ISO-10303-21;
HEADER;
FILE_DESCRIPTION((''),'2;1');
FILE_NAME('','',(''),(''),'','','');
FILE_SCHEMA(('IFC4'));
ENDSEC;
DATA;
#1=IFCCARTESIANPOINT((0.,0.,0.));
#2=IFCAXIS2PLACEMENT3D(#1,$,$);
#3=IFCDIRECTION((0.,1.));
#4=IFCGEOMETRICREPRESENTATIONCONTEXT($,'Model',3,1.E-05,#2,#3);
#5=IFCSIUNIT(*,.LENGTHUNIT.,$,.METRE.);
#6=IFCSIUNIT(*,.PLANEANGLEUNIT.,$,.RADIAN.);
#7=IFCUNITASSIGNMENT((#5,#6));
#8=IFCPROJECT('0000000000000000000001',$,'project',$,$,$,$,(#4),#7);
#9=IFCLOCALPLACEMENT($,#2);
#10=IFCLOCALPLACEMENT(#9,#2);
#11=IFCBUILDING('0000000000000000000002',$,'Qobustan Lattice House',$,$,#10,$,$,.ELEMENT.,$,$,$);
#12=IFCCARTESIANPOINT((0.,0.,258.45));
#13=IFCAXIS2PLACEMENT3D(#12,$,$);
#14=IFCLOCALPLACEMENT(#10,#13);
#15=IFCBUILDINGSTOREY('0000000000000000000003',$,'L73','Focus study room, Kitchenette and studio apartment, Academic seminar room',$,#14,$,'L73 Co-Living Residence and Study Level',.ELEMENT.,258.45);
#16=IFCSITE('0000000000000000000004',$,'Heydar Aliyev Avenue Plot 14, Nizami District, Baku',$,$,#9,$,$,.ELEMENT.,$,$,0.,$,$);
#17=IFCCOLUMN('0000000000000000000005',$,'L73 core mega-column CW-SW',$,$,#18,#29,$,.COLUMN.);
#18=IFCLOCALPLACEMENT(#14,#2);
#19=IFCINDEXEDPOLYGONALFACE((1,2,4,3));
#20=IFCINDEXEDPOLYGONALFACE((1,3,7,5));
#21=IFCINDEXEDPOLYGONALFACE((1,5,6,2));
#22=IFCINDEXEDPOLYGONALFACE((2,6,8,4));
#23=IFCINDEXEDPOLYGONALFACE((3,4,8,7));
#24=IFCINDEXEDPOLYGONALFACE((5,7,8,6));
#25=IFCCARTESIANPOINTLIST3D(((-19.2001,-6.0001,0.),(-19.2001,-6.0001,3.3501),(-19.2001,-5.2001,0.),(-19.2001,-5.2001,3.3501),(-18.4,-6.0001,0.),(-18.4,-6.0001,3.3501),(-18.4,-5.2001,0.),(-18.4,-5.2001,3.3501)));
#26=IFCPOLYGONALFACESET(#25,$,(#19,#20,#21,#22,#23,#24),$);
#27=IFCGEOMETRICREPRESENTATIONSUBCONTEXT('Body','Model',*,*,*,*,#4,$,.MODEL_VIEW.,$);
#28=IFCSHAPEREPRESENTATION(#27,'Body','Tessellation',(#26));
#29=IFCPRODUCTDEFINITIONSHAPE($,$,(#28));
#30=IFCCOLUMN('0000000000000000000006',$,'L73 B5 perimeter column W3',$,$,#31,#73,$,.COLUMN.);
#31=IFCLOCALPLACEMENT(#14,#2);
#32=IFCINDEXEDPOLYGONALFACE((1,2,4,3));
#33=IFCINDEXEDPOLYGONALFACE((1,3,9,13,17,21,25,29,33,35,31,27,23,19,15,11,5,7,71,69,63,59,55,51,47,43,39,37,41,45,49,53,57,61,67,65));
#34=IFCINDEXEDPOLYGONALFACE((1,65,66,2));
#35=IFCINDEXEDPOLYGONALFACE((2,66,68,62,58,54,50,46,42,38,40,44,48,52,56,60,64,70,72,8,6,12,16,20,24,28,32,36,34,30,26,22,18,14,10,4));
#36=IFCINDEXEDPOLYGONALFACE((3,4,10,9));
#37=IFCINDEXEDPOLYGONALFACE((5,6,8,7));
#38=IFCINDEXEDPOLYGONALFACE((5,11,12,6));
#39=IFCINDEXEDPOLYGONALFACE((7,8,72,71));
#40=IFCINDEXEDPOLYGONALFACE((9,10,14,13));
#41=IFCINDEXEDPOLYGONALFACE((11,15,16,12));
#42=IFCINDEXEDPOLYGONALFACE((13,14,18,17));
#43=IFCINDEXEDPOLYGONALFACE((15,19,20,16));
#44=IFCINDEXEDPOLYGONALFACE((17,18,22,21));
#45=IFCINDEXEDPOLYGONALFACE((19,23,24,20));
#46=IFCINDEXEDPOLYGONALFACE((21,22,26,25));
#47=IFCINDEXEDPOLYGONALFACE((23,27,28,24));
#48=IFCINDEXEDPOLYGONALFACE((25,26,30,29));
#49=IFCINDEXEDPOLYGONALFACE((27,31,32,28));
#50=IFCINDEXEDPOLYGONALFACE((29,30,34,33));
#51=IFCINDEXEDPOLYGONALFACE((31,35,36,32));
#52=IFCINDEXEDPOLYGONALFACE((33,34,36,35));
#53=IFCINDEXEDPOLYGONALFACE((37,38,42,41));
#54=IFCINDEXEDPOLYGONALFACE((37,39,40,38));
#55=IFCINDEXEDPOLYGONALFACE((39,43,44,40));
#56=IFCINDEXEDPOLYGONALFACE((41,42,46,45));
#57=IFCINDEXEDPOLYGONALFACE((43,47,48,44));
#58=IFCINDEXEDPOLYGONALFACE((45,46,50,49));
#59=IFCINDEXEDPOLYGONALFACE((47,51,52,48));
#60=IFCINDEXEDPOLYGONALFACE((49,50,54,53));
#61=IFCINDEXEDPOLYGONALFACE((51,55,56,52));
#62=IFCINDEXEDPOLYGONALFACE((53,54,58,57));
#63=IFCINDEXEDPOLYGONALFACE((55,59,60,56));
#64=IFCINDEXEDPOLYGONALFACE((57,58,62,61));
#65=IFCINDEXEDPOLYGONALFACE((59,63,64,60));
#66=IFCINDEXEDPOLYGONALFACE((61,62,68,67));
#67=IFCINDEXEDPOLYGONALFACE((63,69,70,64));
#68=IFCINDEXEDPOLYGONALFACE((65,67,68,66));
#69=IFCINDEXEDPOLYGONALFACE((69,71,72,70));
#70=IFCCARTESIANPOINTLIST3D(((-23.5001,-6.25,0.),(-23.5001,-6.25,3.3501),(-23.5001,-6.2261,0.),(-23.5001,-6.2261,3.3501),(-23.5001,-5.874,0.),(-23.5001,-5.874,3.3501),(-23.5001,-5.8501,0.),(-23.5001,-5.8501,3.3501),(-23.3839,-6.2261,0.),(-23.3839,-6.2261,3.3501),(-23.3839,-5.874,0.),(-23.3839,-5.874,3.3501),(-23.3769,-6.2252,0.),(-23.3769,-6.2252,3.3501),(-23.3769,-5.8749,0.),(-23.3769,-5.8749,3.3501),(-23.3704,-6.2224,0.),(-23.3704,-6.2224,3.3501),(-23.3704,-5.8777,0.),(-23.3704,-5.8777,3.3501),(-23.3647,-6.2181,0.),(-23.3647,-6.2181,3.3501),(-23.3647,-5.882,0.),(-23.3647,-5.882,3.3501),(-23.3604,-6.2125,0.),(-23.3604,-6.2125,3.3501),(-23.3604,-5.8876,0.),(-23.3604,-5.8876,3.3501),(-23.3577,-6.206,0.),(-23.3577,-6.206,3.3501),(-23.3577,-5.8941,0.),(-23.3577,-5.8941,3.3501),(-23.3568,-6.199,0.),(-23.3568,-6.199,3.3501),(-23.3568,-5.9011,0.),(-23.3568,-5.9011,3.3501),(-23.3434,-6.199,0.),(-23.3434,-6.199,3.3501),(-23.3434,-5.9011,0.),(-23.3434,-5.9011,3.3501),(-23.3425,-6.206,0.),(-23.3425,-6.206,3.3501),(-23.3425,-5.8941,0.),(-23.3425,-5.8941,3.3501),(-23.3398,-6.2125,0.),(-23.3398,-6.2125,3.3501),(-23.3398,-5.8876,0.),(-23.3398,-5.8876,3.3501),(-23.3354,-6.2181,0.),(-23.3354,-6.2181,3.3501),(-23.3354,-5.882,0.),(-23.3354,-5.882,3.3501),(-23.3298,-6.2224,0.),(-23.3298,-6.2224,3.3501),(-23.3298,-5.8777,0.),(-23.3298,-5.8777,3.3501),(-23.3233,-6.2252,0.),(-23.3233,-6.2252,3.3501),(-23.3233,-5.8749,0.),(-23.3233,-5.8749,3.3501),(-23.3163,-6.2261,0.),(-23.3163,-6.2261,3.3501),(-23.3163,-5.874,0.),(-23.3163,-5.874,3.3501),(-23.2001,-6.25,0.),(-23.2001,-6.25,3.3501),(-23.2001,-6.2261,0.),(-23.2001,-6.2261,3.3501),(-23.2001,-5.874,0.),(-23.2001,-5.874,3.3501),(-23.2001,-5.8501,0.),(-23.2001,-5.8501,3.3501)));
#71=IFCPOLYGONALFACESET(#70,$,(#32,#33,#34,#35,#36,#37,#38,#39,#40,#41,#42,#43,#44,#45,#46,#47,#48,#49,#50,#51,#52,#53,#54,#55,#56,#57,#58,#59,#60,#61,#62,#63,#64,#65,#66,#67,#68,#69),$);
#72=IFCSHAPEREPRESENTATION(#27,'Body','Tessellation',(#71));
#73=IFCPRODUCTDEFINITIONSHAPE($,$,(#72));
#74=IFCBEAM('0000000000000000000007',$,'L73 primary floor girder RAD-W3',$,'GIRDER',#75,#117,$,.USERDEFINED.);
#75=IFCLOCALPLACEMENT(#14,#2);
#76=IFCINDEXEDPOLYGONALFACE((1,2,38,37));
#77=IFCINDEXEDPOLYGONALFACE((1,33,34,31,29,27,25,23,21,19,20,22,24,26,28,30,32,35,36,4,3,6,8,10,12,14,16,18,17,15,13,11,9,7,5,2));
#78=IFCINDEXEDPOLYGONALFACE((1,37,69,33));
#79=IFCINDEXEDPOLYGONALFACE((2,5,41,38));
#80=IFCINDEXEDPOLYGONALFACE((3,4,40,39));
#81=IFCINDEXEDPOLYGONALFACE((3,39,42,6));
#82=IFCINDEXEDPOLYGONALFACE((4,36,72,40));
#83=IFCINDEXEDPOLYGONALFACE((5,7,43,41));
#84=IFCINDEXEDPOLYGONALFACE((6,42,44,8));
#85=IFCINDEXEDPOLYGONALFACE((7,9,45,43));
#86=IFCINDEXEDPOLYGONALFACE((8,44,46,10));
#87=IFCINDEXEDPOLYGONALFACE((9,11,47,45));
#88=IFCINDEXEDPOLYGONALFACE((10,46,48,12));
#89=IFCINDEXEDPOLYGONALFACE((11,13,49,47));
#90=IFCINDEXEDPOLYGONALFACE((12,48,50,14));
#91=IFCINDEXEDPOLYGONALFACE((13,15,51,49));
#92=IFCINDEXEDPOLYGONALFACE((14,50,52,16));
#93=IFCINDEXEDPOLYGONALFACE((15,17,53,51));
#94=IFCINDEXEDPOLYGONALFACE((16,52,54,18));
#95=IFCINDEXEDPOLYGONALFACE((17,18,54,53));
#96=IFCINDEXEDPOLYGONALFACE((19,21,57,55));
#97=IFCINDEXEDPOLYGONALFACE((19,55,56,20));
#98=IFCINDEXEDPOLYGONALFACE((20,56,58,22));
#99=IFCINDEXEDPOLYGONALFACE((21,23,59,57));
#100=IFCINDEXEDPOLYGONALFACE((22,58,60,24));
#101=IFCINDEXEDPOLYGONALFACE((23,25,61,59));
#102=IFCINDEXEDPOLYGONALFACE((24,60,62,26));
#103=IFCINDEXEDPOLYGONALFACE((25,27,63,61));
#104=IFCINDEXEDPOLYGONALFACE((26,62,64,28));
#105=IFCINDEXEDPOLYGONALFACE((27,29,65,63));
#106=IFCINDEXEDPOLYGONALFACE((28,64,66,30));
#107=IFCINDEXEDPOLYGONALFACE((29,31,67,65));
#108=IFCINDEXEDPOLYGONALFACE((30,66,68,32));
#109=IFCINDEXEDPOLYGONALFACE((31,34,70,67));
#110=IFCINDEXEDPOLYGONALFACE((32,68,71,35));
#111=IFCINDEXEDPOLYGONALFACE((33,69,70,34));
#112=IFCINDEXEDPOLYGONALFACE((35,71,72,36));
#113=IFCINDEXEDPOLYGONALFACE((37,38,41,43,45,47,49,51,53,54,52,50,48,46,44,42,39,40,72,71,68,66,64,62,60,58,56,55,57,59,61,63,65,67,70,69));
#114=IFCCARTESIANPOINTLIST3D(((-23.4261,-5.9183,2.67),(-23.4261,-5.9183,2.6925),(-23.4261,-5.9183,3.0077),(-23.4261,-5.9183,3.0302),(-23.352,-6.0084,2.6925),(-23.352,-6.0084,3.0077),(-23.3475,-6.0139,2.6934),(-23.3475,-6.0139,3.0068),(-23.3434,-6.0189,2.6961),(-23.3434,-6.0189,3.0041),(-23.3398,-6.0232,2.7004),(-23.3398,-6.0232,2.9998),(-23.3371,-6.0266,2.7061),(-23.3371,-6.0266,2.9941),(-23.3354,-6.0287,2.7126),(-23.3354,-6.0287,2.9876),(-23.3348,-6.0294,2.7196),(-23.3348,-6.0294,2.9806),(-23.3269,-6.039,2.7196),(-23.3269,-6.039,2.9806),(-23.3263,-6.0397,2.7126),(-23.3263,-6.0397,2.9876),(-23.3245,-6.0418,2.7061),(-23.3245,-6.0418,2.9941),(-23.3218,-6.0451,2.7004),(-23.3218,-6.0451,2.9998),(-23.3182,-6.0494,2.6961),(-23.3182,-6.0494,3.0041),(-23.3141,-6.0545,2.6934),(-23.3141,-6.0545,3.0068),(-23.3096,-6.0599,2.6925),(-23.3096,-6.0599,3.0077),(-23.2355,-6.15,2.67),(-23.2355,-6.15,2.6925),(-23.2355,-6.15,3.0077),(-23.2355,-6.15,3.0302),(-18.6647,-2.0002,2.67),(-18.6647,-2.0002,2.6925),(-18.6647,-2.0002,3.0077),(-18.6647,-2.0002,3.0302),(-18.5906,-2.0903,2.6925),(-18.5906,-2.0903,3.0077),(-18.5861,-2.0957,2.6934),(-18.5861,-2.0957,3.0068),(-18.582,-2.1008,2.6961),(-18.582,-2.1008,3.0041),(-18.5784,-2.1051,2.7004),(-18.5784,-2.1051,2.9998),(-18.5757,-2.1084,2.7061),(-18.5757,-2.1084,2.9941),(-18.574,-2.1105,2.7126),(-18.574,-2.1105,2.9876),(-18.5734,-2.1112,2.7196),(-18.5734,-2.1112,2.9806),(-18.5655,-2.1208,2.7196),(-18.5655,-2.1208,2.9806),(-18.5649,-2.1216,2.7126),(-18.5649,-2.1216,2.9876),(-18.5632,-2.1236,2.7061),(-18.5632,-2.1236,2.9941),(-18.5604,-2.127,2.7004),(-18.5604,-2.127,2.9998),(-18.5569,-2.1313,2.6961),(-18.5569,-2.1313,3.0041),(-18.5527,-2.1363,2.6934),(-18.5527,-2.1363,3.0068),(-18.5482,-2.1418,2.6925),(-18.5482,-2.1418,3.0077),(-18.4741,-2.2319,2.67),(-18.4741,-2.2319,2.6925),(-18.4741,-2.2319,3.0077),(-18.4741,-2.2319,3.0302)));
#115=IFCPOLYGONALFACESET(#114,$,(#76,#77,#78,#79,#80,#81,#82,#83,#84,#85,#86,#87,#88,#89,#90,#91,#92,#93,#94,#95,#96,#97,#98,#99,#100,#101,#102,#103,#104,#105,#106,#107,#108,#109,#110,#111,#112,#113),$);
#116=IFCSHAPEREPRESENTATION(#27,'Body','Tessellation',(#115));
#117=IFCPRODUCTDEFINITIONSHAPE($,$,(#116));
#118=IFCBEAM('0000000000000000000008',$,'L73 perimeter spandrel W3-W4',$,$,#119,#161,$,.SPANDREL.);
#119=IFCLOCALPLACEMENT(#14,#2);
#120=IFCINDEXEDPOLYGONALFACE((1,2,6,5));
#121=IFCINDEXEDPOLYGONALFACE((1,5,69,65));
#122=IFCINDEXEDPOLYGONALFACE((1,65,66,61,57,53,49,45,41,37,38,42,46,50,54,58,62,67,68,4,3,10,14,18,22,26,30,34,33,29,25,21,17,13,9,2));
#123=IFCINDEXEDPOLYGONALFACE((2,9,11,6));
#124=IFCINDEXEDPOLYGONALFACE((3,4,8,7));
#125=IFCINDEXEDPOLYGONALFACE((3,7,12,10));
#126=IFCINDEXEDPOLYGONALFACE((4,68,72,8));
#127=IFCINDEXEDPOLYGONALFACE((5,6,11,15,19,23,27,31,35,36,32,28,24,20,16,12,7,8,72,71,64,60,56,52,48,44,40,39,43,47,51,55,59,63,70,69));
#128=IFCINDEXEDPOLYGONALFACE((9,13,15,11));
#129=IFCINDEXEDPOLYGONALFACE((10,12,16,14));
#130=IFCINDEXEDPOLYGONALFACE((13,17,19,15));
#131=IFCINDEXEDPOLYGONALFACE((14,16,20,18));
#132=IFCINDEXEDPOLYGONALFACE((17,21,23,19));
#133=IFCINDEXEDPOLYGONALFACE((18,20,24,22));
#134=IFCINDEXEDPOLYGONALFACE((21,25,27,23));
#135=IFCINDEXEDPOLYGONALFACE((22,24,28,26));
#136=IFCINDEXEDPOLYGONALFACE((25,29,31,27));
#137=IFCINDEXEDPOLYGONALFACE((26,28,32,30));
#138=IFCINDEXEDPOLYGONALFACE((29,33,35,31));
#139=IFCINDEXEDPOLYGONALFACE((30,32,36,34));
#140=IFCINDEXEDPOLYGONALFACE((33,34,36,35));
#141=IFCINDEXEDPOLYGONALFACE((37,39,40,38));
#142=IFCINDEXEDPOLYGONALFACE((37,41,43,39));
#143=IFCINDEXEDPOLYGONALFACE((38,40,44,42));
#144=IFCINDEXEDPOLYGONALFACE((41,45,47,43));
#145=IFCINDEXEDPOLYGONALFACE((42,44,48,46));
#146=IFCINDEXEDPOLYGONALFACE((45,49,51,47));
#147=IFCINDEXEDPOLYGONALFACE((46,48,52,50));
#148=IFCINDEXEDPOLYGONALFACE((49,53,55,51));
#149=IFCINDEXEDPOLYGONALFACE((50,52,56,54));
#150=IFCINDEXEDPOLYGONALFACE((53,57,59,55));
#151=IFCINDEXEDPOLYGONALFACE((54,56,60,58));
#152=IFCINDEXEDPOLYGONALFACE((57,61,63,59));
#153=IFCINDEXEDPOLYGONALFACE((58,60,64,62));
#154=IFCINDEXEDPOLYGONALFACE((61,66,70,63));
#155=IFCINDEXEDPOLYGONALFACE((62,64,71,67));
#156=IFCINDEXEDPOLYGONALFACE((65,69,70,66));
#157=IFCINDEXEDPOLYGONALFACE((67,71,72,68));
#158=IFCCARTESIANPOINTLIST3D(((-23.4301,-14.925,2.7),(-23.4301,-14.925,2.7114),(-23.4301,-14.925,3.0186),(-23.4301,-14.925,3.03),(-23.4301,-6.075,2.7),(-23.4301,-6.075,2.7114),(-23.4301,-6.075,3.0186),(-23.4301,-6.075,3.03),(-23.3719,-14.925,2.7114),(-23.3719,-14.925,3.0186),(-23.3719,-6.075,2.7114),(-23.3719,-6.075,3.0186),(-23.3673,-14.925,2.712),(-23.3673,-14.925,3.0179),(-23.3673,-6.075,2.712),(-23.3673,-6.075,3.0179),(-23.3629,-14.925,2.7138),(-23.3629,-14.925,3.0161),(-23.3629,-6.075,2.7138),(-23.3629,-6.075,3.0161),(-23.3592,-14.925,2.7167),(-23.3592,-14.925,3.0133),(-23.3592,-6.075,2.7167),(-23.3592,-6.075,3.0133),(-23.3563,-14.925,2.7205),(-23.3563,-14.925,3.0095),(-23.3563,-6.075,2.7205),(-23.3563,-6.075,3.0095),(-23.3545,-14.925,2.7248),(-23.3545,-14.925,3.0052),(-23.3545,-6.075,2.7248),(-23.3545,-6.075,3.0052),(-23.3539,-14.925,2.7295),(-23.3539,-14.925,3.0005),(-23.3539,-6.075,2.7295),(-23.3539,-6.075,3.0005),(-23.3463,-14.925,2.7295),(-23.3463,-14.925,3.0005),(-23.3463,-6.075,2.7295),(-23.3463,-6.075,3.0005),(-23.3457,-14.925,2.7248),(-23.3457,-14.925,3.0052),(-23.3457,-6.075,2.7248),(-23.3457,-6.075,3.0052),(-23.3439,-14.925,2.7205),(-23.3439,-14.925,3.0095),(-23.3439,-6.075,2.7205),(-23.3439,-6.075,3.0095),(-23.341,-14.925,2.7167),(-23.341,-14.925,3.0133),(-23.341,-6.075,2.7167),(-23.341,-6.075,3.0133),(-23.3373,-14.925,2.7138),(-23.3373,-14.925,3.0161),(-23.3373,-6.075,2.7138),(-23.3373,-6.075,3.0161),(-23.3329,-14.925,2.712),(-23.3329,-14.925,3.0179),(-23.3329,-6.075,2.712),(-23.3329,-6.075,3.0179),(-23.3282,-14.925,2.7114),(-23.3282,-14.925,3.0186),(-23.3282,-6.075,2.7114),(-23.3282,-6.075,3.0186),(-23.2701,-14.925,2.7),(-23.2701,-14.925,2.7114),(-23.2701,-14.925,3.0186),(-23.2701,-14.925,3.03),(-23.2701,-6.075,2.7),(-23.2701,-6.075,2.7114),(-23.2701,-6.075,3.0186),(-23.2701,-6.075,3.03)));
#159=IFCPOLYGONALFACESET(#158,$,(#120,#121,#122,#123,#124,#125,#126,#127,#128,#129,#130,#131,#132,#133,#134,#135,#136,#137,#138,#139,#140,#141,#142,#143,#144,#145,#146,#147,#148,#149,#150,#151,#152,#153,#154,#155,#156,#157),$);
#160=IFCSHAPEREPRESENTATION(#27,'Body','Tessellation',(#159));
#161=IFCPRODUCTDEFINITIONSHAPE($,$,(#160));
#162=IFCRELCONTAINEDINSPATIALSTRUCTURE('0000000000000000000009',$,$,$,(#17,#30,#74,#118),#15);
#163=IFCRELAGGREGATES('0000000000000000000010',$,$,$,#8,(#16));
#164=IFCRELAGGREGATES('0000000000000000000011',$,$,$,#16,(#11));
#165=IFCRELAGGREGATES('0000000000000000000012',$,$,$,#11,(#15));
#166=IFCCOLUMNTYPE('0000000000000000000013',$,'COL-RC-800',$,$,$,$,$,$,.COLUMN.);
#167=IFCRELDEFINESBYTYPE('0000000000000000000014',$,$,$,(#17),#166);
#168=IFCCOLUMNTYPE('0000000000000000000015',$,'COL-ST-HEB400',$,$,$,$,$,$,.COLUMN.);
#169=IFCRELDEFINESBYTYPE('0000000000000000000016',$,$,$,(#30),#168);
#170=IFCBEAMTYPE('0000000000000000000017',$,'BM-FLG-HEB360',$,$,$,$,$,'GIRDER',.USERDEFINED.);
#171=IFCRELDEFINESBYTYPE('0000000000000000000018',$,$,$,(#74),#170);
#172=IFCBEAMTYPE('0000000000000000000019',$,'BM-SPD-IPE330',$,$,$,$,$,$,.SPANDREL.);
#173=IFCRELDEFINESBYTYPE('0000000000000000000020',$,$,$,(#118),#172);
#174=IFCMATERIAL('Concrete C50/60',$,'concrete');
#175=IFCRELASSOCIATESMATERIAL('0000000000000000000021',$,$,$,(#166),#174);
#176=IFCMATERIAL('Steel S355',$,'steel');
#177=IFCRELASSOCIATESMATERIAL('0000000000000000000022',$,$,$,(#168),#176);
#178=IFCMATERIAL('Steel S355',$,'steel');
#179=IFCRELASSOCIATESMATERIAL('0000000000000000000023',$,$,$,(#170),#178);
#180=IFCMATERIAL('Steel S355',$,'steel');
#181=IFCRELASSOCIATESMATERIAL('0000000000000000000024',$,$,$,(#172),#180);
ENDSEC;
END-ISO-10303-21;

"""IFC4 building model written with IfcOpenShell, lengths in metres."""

from ifc_helpers import new_model, si_unit, direction, frame, origin, origin_2d, place, context, subcontext, project, spatial, rectangle, i_section, extrude, material, material_profile, profile_set, type_object, element, save


model = new_model("IFC4")

# Units and contexts
model_context = context("Model", 3, precision=1e-05, world=origin(), true_north=direction((0.0, 1.0)))
body_context = subcontext(model_context, "Body", "Model", "MODEL_VIEW")
ifc_project = project(units=[si_unit("LENGTHUNIT", "METRE"), si_unit("PLANEANGLEUNIT", "RADIAN")], contexts=[model_context])

# Site, building, storey
site_placement = place(None, origin())
site = spatial("IfcSite", under=ifc_project, at=site_placement, Name="Heydar Aliyev Avenue Plot 14, Nizami District, Baku", CompositionType="ELEMENT", RefElevation=0.0)
building_placement = place(site_placement, origin())
building = spatial("IfcBuilding", under=site, at=building_placement, Name="Qobustan Lattice House", CompositionType="ELEMENT")
storey_placement = place(building_placement, frame((0.0, 0.0, 258.45)))
storey = spatial("IfcBuildingStorey", under=building, at=storey_placement, Name="L73", Description="Focus study room, Kitchenette and studio apartment, Academic seminar room", LongName="L73 Co-Living Residence and Study Level", CompositionType="ELEMENT", Elevation=258.45)

# Columns
ifc_material_1 = material(Name="Concrete C50/60", Category="concrete")
ifc_material_profile_1 = material_profile(ifc_material_1, rectangle(XDim=0.8, YDim=0.8, at=origin_2d()), Name="RC800x800")
ifc_profile_set_1 = profile_set([ifc_material_profile_1], Name="Concrete C50/60")
column_type_1 = type_object("IfcColumnType", Name="COL-RC-800", PredefinedType="COLUMN", material=ifc_profile_set_1)
column_1_placement = place(storey_placement, frame((-18.8, -5.6001, 0.0), z_axis=(0.0, 0.0, 1.0), x_axis=(1.0, 0.0, 0.0)))
element("IfcColumn", 1, at=column_1_placement, inside=storey, type_object=column_type_1, Name="L73 core mega-column CW-SW", PredefinedType="COLUMN", context=body_context, shape_type="SweptSolid", body=[
    extrude(rectangle(XDim=0.8, YDim=0.8, at=origin_2d()), origin(), (0.0, 0.0, 1.0), 3.3501),
])
ifc_material_2 = material(Name="Steel S355", Category="steel")
ifc_material_profile_2 = material_profile(ifc_material_2, i_section(OverallWidth=0.3, OverallDepth=0.3999, WebThickness=0.0134, FlangeThickness=0.0239, FilletRadius=0.0271, at=origin_2d()), Name="HEB400")
ifc_profile_set_2 = profile_set([ifc_material_profile_2], Name="Steel S355")
column_type_2 = type_object("IfcColumnType", Name="COL-ST-HEB400", PredefinedType="COLUMN", material=ifc_profile_set_2)
column_2_placement = place(storey_placement, frame((-23.3501, -6.05, 0.0), z_axis=(0.0, 0.0, 1.0), x_axis=(1.0, 0.0, 0.0)))
element("IfcColumn", 2, at=column_2_placement, inside=storey, type_object=column_type_2, Name="L73 B5 perimeter column W3", PredefinedType="COLUMN", context=body_context, shape_type="SweptSolid", body=[
    extrude(i_section(OverallWidth=0.3, OverallDepth=0.3999, WebThickness=0.0134, FlangeThickness=0.0239, FilletRadius=0.0271, at=origin_2d()), origin(), (0.0, 0.0, 1.0), 3.3501),
])

# Beams
ifc_material_3 = material(Name="Steel S355", Category="steel")
ifc_material_profile_3 = material_profile(ifc_material_3, i_section(OverallWidth=0.3, OverallDepth=0.3601, WebThickness=0.0125, FlangeThickness=0.0225, FilletRadius=0.0271, at=origin_2d()), Name="HEB360")
ifc_profile_set_3 = profile_set([ifc_material_profile_3], Name="Steel S355")
beam_type_1 = type_object("IfcBeamType", Name="BM-FLG-HEB360", ElementType="GIRDER", PredefinedType="USERDEFINED", material=ifc_profile_set_3)
beam_1_placement = place(storey_placement, frame((-23.3308, -6.0342, 2.8501), z_axis=(0.772169, 0.635417, 0.0), x_axis=(-0.635417, 0.772169, 0.0)))
element("IfcBeam", 3, at=beam_1_placement, inside=storey, type_object=beam_type_1, Name="L73 primary floor girder RAD-W3", ObjectType="GIRDER", PredefinedType="USERDEFINED", context=body_context, shape_type="SweptSolid", body=[
    extrude(i_section(OverallWidth=0.3, OverallDepth=0.3601, WebThickness=0.0125, FlangeThickness=0.0225, FilletRadius=0.0271, at=origin_2d()), origin(), (0.0, 0.0, 1.0), 6.1663),
])
ifc_material_4 = material(Name="Steel S355", Category="steel")
ifc_material_profile_4 = material_profile(ifc_material_4, i_section(OverallWidth=0.1599, OverallDepth=0.3301, WebThickness=0.0076, FlangeThickness=0.0115, FilletRadius=0.0181, at=origin_2d()), Name="IPE330")
ifc_profile_set_4 = profile_set([ifc_material_profile_4], Name="Steel S355")
beam_type_2 = type_object("IfcBeamType", Name="BM-SPD-IPE330", PredefinedType="SPANDREL", material=ifc_profile_set_4)
beam_2_placement = place(storey_placement, frame((-23.3501, -6.075, 2.865), z_axis=(0.0, -1.0, 0.0), x_axis=(1.0, 0.0, 0.0)))
element("IfcBeam", 4, at=beam_2_placement, inside=storey, type_object=beam_type_2, Name="L73 perimeter spandrel W3-W4", PredefinedType="SPANDREL", context=body_context, shape_type="SweptSolid", body=[
    extrude(i_section(OverallWidth=0.1599, OverallDepth=0.3301, WebThickness=0.0076, FlangeThickness=0.0115, FilletRadius=0.0181, at=origin_2d()), origin(), (0.0, 0.0, 1.0), 8.8501),
])

save(model, "model.ifc")
